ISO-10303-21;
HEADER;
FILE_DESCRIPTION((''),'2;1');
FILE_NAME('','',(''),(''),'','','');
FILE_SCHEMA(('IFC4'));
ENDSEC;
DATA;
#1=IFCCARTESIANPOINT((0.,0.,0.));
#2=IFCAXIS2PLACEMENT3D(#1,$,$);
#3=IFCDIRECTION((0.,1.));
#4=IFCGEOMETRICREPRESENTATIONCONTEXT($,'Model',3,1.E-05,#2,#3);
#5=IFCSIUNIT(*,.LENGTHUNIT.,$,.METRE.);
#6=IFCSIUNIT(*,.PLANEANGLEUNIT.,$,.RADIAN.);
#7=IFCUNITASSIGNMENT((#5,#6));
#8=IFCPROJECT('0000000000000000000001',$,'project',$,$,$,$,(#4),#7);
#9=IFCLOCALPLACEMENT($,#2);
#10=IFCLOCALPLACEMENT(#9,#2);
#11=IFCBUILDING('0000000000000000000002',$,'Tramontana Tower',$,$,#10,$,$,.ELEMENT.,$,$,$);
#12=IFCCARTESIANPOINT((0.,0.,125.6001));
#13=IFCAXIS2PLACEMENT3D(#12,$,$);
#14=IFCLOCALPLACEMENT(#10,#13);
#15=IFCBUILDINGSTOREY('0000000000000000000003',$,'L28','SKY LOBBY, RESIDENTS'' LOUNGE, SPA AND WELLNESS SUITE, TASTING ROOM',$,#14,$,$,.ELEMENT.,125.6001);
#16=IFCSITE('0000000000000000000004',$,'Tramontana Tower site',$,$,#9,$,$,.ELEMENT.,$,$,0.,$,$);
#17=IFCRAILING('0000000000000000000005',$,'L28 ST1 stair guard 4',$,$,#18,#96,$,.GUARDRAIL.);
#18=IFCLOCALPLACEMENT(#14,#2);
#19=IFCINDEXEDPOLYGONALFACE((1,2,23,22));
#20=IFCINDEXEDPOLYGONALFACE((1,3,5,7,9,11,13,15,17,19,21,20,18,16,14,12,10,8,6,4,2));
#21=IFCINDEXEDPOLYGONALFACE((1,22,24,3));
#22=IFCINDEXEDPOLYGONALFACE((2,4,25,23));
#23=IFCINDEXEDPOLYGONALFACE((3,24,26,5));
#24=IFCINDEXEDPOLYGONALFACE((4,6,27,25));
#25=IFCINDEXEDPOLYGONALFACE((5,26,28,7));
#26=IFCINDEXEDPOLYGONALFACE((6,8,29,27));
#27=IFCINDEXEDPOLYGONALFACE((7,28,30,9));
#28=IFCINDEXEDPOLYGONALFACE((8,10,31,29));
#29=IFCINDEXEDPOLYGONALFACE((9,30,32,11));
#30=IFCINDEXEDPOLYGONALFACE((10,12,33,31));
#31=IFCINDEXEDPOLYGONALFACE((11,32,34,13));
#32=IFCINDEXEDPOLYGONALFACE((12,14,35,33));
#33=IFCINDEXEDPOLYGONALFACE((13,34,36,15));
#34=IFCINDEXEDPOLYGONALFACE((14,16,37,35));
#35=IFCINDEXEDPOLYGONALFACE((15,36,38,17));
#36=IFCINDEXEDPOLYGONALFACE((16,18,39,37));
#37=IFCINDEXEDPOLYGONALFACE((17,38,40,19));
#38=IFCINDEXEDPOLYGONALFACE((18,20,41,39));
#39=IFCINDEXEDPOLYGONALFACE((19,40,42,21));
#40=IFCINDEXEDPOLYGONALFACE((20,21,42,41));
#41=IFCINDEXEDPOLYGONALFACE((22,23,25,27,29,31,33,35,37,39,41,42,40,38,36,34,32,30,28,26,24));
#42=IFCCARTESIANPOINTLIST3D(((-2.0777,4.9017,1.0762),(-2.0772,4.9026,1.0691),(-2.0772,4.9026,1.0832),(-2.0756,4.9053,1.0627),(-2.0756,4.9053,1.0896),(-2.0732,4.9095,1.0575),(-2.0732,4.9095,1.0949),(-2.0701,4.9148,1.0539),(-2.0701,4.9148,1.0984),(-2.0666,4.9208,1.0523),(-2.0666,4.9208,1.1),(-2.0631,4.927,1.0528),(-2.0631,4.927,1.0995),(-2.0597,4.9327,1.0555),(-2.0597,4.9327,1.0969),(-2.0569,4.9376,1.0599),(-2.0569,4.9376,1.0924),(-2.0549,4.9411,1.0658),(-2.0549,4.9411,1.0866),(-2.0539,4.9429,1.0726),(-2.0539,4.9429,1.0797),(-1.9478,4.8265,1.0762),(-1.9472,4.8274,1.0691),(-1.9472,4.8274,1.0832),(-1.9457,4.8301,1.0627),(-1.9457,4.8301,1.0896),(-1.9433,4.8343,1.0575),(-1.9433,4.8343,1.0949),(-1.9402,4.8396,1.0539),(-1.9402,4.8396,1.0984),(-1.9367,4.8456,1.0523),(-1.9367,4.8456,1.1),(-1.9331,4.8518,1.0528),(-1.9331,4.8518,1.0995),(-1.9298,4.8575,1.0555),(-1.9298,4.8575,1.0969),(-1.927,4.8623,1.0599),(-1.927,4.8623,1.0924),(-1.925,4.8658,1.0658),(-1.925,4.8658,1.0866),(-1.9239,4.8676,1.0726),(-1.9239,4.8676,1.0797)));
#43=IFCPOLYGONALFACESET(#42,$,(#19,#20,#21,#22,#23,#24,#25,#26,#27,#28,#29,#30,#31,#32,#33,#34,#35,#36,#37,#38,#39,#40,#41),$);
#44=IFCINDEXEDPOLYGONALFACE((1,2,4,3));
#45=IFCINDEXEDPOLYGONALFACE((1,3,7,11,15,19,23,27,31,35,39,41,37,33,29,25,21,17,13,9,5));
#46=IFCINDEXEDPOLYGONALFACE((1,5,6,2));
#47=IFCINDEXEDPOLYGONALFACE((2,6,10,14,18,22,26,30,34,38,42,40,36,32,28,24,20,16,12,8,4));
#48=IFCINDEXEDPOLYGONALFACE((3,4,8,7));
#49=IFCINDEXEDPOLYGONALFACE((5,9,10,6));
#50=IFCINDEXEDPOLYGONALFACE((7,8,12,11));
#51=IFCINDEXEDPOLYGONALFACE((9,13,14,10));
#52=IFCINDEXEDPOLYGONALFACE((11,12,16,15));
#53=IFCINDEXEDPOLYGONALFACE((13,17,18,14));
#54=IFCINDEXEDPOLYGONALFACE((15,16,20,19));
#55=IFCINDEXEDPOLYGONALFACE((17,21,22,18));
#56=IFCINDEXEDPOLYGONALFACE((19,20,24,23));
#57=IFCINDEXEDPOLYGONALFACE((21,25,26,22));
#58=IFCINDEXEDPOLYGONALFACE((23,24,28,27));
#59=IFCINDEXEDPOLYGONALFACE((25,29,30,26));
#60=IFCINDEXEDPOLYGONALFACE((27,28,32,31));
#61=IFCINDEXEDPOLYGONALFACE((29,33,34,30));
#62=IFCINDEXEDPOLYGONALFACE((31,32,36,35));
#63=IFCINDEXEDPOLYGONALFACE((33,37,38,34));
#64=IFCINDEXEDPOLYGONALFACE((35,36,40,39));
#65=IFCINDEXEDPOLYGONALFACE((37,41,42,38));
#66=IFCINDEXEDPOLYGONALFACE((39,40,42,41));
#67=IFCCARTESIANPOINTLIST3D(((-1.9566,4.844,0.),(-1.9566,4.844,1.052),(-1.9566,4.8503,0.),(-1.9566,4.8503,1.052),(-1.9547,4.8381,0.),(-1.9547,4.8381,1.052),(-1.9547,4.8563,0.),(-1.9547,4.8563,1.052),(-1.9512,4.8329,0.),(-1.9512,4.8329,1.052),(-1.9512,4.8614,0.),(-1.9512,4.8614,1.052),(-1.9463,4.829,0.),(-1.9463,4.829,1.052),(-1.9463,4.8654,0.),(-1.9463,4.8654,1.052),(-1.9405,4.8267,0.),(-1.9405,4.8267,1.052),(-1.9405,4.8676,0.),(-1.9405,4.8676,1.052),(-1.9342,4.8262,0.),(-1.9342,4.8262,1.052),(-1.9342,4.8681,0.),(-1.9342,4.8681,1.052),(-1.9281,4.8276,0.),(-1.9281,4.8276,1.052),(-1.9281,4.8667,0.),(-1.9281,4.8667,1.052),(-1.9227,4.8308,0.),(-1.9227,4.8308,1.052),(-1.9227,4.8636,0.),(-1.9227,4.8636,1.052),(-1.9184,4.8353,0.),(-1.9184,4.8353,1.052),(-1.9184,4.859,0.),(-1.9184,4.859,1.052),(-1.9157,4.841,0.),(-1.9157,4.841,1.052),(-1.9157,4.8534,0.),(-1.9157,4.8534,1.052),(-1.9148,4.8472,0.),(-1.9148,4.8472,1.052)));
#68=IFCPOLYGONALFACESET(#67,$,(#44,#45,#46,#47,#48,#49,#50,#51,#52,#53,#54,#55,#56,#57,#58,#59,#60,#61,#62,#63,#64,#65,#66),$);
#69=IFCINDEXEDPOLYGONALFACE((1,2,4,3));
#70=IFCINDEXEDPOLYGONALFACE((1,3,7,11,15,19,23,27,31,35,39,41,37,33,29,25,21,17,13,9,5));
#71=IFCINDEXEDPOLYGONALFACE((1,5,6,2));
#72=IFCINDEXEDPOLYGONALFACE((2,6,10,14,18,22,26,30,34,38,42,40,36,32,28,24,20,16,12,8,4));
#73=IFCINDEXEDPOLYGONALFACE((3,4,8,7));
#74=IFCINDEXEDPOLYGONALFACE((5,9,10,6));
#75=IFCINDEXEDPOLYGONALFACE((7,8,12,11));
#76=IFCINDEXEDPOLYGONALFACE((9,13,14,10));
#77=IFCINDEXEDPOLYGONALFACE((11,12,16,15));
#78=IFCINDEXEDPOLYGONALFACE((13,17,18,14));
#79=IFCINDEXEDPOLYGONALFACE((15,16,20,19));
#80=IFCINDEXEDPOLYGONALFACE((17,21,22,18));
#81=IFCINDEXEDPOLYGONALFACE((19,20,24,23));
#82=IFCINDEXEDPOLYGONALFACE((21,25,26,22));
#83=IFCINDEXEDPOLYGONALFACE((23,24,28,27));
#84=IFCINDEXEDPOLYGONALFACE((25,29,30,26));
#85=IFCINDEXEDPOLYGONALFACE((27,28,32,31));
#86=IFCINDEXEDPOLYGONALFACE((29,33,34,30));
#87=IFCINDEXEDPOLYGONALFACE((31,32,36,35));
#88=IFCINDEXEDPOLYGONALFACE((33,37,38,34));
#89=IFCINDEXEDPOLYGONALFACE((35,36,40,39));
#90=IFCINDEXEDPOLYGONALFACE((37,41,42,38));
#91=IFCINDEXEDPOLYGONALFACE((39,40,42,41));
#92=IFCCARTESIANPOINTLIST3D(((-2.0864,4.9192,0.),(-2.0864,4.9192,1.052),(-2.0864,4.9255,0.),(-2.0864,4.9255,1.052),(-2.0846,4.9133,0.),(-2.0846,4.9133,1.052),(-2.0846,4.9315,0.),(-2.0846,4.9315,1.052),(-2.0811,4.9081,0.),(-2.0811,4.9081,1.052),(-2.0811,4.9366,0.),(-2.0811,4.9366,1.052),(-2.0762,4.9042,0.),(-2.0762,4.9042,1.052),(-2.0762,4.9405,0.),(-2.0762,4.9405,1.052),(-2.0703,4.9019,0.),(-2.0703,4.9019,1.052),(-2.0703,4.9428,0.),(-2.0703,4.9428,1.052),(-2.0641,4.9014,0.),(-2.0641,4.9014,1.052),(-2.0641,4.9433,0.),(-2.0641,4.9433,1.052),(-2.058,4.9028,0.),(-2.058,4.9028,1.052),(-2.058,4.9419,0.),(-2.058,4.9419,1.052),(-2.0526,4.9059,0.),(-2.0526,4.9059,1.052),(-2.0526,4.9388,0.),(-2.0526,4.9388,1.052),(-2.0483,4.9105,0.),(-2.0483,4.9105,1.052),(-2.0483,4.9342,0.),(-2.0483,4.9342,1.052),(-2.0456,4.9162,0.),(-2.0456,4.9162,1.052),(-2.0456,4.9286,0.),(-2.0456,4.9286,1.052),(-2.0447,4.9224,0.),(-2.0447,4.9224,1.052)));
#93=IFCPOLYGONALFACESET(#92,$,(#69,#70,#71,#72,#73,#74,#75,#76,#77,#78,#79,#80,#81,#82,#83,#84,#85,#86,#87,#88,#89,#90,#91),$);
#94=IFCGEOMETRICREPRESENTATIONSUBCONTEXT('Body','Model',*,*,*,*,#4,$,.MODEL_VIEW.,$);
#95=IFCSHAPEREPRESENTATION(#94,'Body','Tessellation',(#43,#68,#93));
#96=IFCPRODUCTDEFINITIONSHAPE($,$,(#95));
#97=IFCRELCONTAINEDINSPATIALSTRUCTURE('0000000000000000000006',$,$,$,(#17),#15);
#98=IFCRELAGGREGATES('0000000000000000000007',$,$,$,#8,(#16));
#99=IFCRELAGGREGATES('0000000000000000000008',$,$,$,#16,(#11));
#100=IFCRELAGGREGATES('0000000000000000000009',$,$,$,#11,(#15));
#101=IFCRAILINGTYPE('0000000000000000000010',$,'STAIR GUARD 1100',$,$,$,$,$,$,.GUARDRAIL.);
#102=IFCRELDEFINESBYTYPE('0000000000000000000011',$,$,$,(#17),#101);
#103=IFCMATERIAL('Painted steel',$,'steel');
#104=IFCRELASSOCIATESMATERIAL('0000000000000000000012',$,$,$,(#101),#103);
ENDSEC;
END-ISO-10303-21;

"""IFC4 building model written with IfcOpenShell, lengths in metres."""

from ifc_helpers import new_model, si_unit, direction, frame, origin, origin_2d, place, context, subcontext, project, spatial, circle, extrude, material, type_object, element, save


model = new_model("IFC4")

# Units and contexts
model_context = context("Model", 3, precision=1e-05, world=origin(), true_north=direction((0.0, 1.0)))
body_context = subcontext(model_context, "Body", "Model", "MODEL_VIEW")
ifc_project = project(units=[si_unit("LENGTHUNIT", "METRE"), si_unit("PLANEANGLEUNIT", "RADIAN")], contexts=[model_context])

# Site, building, storey
site_placement = place(None, origin())
site = spatial("IfcSite", under=ifc_project, at=site_placement, Name="Tramontana Tower site", CompositionType="ELEMENT", RefElevation=0.0)
building_placement = place(site_placement, origin())
building = spatial("IfcBuilding", under=site, at=building_placement, Name="Tramontana Tower", CompositionType="ELEMENT")
storey_placement = place(building_placement, frame((0.0, 0.0, 125.6001)))
storey = spatial("IfcBuildingStorey", under=building, at=storey_placement, Name="L28", Description="SKY LOBBY, RESIDENTS' LOUNGE, SPA AND WELLNESS SUITE, TASTING ROOM", CompositionType="ELEMENT", Elevation=125.6001)

# Railing
ifc_material_1 = material(Name="Painted steel", Category="steel")
railing_type_1 = type_object("IfcRailingType", Name="STAIR GUARD 1100", PredefinedType="GUARDRAIL", material=ifc_material_1)
railing_1_placement = place(storey_placement, frame((-1.9358, 4.8472, 0.0)))
element("IfcRailing", 1, at=railing_1_placement, inside=storey, type_object=railing_type_1, Name="L28 ST1 stair guard 4", PredefinedType="GUARDRAIL", context=body_context, shape_type="SweptSolid", body=[
    extrude(circle(Radius=0.0239, at=origin_2d()), frame((0.0, 0.0, 1.0762), z_axis=(-0.865426, 0.501036, 0.0), x_axis=(-0.501036, -0.865426, 0.0)), (0.0, 0.0, 1.0), 0.1501),
    extrude(circle(Radius=0.021, at=origin_2d()), origin(), (0.0, 0.0, 1.0), 1.052),
    extrude(circle(Radius=0.021, at=origin_2d()), frame((-0.1299, 0.0752, 0.0)), (0.0, 0.0, 1.0), 1.052),
])

save(model, "model.ifc")
